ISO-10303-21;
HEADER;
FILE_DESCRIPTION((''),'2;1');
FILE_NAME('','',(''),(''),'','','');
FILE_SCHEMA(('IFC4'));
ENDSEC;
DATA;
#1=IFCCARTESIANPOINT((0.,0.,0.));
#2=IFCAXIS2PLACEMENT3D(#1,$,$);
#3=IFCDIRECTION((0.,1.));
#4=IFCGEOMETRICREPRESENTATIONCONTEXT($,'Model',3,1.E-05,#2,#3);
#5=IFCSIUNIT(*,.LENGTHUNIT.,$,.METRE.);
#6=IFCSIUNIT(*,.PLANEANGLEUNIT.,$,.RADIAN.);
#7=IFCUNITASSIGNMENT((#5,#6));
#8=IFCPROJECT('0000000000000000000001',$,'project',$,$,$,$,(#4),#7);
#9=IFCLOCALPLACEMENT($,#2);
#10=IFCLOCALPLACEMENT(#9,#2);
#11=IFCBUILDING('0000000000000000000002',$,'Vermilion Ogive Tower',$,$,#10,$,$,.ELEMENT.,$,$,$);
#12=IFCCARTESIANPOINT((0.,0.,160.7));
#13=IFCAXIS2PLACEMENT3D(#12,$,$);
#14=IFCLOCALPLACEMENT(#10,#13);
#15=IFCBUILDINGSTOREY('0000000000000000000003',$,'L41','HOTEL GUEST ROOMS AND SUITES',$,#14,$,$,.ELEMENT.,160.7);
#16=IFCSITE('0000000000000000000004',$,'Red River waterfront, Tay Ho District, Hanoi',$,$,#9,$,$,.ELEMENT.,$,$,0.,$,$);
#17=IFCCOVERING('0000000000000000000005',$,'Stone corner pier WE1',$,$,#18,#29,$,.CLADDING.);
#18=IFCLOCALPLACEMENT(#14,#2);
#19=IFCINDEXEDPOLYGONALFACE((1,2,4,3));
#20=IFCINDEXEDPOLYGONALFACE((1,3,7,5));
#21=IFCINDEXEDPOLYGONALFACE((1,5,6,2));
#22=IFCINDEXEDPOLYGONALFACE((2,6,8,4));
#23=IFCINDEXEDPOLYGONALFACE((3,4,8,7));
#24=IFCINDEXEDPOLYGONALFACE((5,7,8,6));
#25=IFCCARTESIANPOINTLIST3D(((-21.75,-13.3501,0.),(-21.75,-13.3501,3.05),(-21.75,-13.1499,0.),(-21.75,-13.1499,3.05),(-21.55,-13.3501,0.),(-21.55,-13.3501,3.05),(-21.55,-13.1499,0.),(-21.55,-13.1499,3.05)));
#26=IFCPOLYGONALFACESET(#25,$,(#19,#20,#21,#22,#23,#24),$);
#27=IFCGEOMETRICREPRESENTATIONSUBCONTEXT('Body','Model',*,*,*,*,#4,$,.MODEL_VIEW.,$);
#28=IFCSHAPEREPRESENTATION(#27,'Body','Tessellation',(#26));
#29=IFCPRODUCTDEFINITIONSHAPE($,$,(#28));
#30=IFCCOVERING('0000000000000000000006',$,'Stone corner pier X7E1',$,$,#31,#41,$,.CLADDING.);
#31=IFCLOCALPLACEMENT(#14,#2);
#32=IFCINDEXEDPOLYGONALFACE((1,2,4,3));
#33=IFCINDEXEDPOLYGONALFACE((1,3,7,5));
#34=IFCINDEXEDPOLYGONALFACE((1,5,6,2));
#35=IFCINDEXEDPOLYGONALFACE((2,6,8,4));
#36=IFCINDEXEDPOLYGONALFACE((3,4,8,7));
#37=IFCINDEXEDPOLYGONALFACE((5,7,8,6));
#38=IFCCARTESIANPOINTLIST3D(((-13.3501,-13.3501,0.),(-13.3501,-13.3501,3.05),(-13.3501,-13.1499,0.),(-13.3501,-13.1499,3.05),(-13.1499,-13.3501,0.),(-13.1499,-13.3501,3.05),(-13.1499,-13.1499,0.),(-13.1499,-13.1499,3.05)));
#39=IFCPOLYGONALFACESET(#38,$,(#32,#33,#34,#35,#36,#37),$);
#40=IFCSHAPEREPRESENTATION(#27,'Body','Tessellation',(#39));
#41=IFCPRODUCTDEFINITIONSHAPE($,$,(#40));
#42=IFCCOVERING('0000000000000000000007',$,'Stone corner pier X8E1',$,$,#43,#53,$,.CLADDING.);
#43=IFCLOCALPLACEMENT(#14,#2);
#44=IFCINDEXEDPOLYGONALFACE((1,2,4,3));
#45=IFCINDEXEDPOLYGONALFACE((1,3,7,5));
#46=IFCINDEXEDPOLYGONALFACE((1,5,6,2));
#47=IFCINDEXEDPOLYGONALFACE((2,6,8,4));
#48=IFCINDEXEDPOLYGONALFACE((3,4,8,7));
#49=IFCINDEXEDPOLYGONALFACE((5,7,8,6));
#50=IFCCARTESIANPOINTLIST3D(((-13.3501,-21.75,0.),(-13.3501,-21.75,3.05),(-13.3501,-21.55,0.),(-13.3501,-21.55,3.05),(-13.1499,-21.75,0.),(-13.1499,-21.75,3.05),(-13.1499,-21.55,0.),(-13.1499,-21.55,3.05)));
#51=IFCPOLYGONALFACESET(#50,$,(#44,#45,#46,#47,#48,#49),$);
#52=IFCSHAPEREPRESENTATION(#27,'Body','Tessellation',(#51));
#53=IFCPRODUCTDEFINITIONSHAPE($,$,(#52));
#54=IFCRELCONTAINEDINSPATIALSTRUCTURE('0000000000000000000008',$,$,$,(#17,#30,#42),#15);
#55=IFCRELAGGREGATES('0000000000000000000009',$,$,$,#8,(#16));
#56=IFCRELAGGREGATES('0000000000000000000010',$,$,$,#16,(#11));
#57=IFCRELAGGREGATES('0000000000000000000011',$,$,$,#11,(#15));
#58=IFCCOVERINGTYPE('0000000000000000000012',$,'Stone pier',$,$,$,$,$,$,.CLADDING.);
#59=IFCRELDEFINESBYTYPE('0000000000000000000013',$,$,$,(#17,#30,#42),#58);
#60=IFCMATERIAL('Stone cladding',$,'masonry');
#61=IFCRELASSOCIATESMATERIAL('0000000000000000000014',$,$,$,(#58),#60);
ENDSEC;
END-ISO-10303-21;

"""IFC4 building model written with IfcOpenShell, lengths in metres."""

from ifc_helpers import new_model, si_unit, direction, frame, origin, place, context, subcontext, project, spatial, polyline, outline, extrude, material, type_object, element, save


model = new_model("IFC4")

# Units and contexts
model_context = context("Model", 3, precision=1e-05, world=origin(), true_north=direction((0.0, 1.0)))
body_context = subcontext(model_context, "Body", "Model", "MODEL_VIEW")
ifc_project = project(units=[si_unit("LENGTHUNIT", "METRE"), si_unit("PLANEANGLEUNIT", "RADIAN")], contexts=[model_context])

# Site, building, storey
site_placement = place(None, origin())
site = spatial("IfcSite", under=ifc_project, at=site_placement, Name="Red River waterfront, Tay Ho District, Hanoi", CompositionType="ELEMENT", RefElevation=0.0)
building_placement = place(site_placement, origin())
building = spatial("IfcBuilding", under=site, at=building_placement, Name="Vermilion Ogive Tower", CompositionType="ELEMENT")
storey_placement = place(building_placement, frame((0.0, 0.0, 160.7)))
storey = spatial("IfcBuildingStorey", under=building, at=storey_placement, Name="L41", Description="HOTEL GUEST ROOMS AND SUITES", CompositionType="ELEMENT", Elevation=160.7)

# Coverings
ifc_material_1 = material(Name="Stone cladding", Category="masonry")
covering_type_1 = type_object("IfcCoveringType", Name="Stone pier", PredefinedType="CLADDING", material=ifc_material_1)
covering_1_placement = place(storey_placement, origin())
element("IfcCovering", 1, at=covering_1_placement, inside=storey, type_object=covering_type_1, Name="Stone corner pier WE1", PredefinedType="CLADDING", context=body_context, shape_type="SweptSolid", body=[
    extrude(outline(polyline([(-21.75, -13.1499), (-21.55, -13.1499), (-21.55, -13.3501), (-21.75, -13.3501), (-21.75, -13.1499)])), origin(), (0.0, 0.0, 1.0), 3.05),
])
covering_2_placement = place(storey_placement, origin())
element("IfcCovering", 2, at=covering_2_placement, inside=storey, type_object=covering_type_1, Name="Stone corner pier X7E1", PredefinedType="CLADDING", context=body_context, shape_type="SweptSolid", body=[
    extrude(outline(polyline([(-13.1499, -13.1499), (-13.1499, -13.3501), (-13.3501, -13.3501), (-13.3501, -13.1499), (-13.1499, -13.1499)])), origin(), (0.0, 0.0, 1.0), 3.05),
])
covering_3_placement = place(storey_placement, origin())
element("IfcCovering", 3, at=covering_3_placement, inside=storey, type_object=covering_type_1, Name="Stone corner pier X8E1", PredefinedType="CLADDING", context=body_context, shape_type="SweptSolid", body=[
    extrude(outline(polyline([(-13.3501, -21.55), (-13.1499, -21.55), (-13.1499, -21.75), (-13.3501, -21.75), (-13.3501, -21.55)])), origin(), (0.0, 0.0, 1.0), 3.05),
])

save(model, "model.ifc")
